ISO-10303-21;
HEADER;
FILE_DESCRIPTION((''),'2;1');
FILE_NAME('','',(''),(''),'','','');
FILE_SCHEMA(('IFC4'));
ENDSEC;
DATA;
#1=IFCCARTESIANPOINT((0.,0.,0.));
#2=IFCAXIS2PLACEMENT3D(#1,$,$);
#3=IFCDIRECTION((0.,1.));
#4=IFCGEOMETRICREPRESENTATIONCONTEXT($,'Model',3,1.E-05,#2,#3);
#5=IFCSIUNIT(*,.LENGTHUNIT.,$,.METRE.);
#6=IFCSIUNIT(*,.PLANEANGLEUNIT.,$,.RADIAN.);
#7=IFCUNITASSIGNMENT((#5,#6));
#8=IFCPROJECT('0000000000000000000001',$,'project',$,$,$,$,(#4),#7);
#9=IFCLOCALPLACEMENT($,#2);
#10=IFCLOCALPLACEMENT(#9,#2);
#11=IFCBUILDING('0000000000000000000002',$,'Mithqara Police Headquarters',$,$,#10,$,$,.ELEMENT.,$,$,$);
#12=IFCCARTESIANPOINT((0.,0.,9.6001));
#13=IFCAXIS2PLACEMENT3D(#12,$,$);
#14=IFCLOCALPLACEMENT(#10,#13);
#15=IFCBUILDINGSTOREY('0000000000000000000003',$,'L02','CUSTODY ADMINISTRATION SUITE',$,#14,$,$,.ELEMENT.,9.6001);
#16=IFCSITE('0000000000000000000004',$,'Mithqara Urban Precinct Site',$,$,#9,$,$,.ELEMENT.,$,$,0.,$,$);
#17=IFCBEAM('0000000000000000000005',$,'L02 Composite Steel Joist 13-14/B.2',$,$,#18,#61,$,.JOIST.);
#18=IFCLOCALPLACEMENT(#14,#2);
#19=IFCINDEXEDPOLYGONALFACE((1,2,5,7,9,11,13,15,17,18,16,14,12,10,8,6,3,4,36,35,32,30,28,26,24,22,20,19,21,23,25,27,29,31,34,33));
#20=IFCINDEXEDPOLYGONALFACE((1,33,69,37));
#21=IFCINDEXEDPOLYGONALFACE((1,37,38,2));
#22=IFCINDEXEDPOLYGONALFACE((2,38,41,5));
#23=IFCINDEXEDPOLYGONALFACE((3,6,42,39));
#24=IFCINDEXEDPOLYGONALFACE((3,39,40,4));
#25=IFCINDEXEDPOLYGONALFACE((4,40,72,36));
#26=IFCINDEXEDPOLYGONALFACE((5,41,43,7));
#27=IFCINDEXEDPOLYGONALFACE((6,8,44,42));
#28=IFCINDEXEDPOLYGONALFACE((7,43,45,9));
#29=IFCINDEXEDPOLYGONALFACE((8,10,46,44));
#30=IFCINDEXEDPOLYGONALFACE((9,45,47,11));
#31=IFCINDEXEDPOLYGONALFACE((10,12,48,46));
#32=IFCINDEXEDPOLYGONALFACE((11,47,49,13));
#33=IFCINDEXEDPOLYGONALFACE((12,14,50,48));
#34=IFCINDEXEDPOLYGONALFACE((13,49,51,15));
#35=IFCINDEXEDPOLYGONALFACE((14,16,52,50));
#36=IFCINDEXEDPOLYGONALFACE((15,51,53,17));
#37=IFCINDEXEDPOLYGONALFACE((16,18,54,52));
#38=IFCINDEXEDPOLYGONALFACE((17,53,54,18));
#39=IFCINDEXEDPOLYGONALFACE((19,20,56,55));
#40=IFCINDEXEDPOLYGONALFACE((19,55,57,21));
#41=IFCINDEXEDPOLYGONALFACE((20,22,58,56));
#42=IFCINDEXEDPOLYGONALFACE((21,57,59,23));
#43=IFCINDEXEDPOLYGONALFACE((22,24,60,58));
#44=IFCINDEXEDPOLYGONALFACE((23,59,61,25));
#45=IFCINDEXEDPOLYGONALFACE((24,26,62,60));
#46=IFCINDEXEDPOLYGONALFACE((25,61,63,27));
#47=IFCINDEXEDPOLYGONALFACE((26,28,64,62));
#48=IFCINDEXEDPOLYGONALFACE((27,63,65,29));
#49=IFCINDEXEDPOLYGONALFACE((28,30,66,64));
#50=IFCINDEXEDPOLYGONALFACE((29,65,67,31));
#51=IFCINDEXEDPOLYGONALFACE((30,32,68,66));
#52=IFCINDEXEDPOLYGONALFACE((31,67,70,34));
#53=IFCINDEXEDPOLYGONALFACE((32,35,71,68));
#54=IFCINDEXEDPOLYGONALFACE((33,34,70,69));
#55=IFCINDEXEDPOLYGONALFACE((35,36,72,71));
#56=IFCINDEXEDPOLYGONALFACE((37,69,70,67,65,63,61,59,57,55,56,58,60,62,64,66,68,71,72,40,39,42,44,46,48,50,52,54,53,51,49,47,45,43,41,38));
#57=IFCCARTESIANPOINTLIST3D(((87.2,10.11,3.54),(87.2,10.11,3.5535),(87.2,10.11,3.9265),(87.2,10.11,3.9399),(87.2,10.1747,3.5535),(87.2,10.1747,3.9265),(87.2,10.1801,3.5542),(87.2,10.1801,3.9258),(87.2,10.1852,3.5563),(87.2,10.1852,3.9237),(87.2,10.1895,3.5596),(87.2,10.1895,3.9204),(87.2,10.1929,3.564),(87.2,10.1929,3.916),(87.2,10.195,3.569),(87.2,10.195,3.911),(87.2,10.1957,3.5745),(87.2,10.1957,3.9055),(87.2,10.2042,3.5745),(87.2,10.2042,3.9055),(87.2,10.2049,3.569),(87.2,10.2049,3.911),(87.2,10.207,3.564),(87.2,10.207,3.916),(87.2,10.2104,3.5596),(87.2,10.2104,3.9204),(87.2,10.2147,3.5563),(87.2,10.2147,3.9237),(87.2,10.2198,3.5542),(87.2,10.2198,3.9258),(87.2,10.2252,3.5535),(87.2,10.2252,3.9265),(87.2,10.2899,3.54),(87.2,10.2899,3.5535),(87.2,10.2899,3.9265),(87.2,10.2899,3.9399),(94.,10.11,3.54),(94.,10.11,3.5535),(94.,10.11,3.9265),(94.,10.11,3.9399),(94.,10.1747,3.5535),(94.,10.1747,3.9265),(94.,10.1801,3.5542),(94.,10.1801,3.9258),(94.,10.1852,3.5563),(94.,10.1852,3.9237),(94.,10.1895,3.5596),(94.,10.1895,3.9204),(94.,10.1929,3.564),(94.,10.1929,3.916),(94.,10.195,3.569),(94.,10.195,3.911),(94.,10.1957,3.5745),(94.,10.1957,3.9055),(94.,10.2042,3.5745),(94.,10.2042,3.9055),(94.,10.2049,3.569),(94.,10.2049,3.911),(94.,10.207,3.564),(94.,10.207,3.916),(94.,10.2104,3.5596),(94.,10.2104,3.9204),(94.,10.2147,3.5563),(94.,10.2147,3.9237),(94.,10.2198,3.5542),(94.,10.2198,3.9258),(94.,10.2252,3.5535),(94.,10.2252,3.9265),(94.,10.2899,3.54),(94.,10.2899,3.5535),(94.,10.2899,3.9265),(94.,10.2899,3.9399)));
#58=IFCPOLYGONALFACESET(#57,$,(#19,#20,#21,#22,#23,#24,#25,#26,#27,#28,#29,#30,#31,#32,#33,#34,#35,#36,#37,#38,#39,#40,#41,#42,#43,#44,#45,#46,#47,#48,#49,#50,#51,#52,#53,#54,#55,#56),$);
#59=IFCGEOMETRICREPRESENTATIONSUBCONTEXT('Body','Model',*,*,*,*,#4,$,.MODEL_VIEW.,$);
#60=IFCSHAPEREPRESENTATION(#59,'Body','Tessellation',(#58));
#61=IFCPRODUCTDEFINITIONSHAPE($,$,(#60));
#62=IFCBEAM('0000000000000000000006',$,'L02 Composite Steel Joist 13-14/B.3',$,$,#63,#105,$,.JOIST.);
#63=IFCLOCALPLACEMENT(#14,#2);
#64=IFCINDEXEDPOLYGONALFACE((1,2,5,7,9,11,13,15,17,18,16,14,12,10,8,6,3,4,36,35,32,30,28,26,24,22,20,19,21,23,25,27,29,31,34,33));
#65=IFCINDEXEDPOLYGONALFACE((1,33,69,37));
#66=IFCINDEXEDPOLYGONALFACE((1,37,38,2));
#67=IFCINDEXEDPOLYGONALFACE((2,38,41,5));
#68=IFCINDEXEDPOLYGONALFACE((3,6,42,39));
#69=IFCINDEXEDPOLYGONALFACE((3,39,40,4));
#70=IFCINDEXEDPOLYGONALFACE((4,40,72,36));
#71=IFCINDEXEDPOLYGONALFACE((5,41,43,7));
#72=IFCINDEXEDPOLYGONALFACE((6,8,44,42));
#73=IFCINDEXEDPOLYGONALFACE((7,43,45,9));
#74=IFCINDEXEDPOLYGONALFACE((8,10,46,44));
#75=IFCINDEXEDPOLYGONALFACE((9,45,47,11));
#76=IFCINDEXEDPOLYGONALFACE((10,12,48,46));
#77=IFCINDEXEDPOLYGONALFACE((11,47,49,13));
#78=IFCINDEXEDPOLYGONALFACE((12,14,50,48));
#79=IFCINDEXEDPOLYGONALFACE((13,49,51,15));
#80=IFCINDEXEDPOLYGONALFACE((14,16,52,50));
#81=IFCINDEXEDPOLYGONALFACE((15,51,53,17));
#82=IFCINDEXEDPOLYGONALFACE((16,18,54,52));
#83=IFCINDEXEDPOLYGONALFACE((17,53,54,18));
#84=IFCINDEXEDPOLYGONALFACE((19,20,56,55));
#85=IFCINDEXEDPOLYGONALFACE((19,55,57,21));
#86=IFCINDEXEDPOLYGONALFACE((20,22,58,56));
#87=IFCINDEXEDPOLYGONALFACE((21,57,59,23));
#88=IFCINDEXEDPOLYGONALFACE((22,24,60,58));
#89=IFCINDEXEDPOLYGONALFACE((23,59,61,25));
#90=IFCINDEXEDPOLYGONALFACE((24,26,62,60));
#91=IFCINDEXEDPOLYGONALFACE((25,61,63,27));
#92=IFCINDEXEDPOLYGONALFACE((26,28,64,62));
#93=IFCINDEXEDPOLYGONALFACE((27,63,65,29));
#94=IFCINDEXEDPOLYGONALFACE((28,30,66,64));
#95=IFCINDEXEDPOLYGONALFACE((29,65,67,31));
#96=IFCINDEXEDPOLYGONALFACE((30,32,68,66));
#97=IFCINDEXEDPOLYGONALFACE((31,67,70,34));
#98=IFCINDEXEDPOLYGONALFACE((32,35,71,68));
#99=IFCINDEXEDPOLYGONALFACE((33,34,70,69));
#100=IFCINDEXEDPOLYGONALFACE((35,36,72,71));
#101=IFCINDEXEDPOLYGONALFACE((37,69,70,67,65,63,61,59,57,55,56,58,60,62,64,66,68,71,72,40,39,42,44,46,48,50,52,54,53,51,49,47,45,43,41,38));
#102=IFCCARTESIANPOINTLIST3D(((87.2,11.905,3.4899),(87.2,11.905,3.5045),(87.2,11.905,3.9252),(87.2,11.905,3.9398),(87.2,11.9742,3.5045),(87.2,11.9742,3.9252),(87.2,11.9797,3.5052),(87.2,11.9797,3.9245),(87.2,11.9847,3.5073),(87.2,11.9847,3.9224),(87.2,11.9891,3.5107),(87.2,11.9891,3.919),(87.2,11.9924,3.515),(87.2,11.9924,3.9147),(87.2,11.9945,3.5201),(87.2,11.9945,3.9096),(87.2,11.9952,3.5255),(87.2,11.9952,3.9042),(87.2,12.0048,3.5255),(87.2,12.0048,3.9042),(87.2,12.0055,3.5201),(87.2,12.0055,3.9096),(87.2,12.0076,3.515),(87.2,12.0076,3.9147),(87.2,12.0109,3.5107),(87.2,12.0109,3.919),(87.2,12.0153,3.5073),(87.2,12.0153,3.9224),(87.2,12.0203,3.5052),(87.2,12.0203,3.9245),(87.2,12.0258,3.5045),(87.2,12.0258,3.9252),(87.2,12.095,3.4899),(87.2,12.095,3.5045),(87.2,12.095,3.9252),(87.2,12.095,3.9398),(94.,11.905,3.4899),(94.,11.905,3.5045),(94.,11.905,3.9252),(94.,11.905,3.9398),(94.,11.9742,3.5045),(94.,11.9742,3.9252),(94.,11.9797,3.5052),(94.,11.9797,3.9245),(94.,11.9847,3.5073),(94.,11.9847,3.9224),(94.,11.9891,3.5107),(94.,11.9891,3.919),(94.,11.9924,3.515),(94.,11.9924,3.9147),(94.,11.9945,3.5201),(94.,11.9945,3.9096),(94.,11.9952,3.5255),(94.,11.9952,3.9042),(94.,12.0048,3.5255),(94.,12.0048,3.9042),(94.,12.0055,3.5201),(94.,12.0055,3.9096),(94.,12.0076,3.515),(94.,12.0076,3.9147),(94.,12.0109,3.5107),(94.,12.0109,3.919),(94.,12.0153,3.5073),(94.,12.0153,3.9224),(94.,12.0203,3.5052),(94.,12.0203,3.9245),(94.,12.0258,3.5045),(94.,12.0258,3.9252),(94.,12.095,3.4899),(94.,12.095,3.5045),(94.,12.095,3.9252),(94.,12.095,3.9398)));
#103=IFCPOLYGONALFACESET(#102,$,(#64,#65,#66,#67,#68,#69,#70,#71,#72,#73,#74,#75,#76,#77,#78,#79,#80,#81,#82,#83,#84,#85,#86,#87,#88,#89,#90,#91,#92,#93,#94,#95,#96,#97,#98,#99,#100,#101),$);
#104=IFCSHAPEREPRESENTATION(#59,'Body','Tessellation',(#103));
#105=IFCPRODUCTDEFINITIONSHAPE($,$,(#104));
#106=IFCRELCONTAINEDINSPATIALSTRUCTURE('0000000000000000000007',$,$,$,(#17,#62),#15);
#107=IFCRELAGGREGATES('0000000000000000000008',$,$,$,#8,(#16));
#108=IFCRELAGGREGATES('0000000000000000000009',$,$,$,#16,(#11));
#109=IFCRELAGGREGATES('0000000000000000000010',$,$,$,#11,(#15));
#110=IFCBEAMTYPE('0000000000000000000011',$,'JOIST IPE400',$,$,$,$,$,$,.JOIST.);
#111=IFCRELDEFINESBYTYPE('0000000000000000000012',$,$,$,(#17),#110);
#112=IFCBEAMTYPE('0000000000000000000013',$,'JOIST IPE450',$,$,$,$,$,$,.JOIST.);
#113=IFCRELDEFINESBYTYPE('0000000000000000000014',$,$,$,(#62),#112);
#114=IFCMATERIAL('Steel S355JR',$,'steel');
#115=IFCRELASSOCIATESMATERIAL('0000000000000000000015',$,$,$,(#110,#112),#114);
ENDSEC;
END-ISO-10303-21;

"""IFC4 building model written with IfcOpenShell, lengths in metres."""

from ifc_helpers import new_model, si_unit, direction, frame, origin, origin_2d, place, context, subcontext, project, spatial, i_section, extrude, material, material_profile, profile_set, type_object, element, save


model = new_model("IFC4")

# Units and contexts
model_context = context("Model", 3, precision=1e-05, world=origin(), true_north=direction((0.0, 1.0)))
body_context = subcontext(model_context, "Body", "Model", "MODEL_VIEW")
ifc_project = project(units=[si_unit("LENGTHUNIT", "METRE"), si_unit("PLANEANGLEUNIT", "RADIAN")], contexts=[model_context])

# Site, building, storey
site_placement = place(None, origin())
site = spatial("IfcSite", under=ifc_project, at=site_placement, Name="Mithqara Urban Precinct Site", CompositionType="ELEMENT", RefElevation=0.0)
building_placement = place(site_placement, origin())
building = spatial("IfcBuilding", under=site, at=building_placement, Name="Mithqara Police Headquarters", CompositionType="ELEMENT")
storey_placement = place(building_placement, frame((0.0, 0.0, 9.6001)))
storey = spatial("IfcBuildingStorey", under=building, at=storey_placement, Name="L02", Description="CUSTODY ADMINISTRATION SUITE", CompositionType="ELEMENT", Elevation=9.6001)

# Beams
ifc_material_1 = material(Name="Steel S355JR", Category="steel")
ifc_material_profile_1 = material_profile(ifc_material_1, i_section(OverallWidth=0.1799, OverallDepth=0.3999, WebThickness=0.0085, FlangeThickness=0.0134, FilletRadius=0.021, at=origin_2d()), Name="IPE 400")
ifc_profile_set_1 = profile_set([ifc_material_profile_1], Name="Steel S355JR")
beam_type_1 = type_object("IfcBeamType", Name="JOIST IPE400", PredefinedType="JOIST", material=ifc_profile_set_1)
beam_1_placement = place(storey_placement, frame((87.2, 10.2, 3.74), z_axis=(1.0, 0.0, 0.0), x_axis=(0.0, 1.0, 0.0)))
element("IfcBeam", 1, at=beam_1_placement, inside=storey, type_object=beam_type_1, Name="L02 Composite Steel Joist 13-14/B.2", PredefinedType="JOIST", context=body_context, shape_type="SweptSolid", body=[
    extrude(i_section(OverallWidth=0.1799, OverallDepth=0.3999, WebThickness=0.0085, FlangeThickness=0.0134, FilletRadius=0.021, at=origin_2d()), origin(), (0.0, 0.0, 1.0), 6.8),
])
ifc_material_profile_2 = material_profile(ifc_material_1, i_section(OverallWidth=0.1899, OverallDepth=0.45, WebThickness=0.0095, FlangeThickness=0.0146, FilletRadius=0.021, at=origin_2d()), Name="IPE 450")
ifc_profile_set_2 = profile_set([ifc_material_profile_2], Name="Steel S355JR")
beam_type_2 = type_object("IfcBeamType", Name="JOIST IPE450", PredefinedType="JOIST", material=ifc_profile_set_2)
beam_2_placement = place(storey_placement, frame((87.2, 12.0, 3.7148), z_axis=(1.0, 0.0, 0.0), x_axis=(0.0, 1.0, 0.0)))
element("IfcBeam", 2, at=beam_2_placement, inside=storey, type_object=beam_type_2, Name="L02 Composite Steel Joist 13-14/B.3", PredefinedType="JOIST", context=body_context, shape_type="SweptSolid", body=[
    extrude(i_section(OverallWidth=0.1899, OverallDepth=0.45, WebThickness=0.0095, FlangeThickness=0.0146, FilletRadius=0.021, at=origin_2d()), origin(), (0.0, 0.0, 1.0), 6.8),
])

save(model, "model.ifc")
